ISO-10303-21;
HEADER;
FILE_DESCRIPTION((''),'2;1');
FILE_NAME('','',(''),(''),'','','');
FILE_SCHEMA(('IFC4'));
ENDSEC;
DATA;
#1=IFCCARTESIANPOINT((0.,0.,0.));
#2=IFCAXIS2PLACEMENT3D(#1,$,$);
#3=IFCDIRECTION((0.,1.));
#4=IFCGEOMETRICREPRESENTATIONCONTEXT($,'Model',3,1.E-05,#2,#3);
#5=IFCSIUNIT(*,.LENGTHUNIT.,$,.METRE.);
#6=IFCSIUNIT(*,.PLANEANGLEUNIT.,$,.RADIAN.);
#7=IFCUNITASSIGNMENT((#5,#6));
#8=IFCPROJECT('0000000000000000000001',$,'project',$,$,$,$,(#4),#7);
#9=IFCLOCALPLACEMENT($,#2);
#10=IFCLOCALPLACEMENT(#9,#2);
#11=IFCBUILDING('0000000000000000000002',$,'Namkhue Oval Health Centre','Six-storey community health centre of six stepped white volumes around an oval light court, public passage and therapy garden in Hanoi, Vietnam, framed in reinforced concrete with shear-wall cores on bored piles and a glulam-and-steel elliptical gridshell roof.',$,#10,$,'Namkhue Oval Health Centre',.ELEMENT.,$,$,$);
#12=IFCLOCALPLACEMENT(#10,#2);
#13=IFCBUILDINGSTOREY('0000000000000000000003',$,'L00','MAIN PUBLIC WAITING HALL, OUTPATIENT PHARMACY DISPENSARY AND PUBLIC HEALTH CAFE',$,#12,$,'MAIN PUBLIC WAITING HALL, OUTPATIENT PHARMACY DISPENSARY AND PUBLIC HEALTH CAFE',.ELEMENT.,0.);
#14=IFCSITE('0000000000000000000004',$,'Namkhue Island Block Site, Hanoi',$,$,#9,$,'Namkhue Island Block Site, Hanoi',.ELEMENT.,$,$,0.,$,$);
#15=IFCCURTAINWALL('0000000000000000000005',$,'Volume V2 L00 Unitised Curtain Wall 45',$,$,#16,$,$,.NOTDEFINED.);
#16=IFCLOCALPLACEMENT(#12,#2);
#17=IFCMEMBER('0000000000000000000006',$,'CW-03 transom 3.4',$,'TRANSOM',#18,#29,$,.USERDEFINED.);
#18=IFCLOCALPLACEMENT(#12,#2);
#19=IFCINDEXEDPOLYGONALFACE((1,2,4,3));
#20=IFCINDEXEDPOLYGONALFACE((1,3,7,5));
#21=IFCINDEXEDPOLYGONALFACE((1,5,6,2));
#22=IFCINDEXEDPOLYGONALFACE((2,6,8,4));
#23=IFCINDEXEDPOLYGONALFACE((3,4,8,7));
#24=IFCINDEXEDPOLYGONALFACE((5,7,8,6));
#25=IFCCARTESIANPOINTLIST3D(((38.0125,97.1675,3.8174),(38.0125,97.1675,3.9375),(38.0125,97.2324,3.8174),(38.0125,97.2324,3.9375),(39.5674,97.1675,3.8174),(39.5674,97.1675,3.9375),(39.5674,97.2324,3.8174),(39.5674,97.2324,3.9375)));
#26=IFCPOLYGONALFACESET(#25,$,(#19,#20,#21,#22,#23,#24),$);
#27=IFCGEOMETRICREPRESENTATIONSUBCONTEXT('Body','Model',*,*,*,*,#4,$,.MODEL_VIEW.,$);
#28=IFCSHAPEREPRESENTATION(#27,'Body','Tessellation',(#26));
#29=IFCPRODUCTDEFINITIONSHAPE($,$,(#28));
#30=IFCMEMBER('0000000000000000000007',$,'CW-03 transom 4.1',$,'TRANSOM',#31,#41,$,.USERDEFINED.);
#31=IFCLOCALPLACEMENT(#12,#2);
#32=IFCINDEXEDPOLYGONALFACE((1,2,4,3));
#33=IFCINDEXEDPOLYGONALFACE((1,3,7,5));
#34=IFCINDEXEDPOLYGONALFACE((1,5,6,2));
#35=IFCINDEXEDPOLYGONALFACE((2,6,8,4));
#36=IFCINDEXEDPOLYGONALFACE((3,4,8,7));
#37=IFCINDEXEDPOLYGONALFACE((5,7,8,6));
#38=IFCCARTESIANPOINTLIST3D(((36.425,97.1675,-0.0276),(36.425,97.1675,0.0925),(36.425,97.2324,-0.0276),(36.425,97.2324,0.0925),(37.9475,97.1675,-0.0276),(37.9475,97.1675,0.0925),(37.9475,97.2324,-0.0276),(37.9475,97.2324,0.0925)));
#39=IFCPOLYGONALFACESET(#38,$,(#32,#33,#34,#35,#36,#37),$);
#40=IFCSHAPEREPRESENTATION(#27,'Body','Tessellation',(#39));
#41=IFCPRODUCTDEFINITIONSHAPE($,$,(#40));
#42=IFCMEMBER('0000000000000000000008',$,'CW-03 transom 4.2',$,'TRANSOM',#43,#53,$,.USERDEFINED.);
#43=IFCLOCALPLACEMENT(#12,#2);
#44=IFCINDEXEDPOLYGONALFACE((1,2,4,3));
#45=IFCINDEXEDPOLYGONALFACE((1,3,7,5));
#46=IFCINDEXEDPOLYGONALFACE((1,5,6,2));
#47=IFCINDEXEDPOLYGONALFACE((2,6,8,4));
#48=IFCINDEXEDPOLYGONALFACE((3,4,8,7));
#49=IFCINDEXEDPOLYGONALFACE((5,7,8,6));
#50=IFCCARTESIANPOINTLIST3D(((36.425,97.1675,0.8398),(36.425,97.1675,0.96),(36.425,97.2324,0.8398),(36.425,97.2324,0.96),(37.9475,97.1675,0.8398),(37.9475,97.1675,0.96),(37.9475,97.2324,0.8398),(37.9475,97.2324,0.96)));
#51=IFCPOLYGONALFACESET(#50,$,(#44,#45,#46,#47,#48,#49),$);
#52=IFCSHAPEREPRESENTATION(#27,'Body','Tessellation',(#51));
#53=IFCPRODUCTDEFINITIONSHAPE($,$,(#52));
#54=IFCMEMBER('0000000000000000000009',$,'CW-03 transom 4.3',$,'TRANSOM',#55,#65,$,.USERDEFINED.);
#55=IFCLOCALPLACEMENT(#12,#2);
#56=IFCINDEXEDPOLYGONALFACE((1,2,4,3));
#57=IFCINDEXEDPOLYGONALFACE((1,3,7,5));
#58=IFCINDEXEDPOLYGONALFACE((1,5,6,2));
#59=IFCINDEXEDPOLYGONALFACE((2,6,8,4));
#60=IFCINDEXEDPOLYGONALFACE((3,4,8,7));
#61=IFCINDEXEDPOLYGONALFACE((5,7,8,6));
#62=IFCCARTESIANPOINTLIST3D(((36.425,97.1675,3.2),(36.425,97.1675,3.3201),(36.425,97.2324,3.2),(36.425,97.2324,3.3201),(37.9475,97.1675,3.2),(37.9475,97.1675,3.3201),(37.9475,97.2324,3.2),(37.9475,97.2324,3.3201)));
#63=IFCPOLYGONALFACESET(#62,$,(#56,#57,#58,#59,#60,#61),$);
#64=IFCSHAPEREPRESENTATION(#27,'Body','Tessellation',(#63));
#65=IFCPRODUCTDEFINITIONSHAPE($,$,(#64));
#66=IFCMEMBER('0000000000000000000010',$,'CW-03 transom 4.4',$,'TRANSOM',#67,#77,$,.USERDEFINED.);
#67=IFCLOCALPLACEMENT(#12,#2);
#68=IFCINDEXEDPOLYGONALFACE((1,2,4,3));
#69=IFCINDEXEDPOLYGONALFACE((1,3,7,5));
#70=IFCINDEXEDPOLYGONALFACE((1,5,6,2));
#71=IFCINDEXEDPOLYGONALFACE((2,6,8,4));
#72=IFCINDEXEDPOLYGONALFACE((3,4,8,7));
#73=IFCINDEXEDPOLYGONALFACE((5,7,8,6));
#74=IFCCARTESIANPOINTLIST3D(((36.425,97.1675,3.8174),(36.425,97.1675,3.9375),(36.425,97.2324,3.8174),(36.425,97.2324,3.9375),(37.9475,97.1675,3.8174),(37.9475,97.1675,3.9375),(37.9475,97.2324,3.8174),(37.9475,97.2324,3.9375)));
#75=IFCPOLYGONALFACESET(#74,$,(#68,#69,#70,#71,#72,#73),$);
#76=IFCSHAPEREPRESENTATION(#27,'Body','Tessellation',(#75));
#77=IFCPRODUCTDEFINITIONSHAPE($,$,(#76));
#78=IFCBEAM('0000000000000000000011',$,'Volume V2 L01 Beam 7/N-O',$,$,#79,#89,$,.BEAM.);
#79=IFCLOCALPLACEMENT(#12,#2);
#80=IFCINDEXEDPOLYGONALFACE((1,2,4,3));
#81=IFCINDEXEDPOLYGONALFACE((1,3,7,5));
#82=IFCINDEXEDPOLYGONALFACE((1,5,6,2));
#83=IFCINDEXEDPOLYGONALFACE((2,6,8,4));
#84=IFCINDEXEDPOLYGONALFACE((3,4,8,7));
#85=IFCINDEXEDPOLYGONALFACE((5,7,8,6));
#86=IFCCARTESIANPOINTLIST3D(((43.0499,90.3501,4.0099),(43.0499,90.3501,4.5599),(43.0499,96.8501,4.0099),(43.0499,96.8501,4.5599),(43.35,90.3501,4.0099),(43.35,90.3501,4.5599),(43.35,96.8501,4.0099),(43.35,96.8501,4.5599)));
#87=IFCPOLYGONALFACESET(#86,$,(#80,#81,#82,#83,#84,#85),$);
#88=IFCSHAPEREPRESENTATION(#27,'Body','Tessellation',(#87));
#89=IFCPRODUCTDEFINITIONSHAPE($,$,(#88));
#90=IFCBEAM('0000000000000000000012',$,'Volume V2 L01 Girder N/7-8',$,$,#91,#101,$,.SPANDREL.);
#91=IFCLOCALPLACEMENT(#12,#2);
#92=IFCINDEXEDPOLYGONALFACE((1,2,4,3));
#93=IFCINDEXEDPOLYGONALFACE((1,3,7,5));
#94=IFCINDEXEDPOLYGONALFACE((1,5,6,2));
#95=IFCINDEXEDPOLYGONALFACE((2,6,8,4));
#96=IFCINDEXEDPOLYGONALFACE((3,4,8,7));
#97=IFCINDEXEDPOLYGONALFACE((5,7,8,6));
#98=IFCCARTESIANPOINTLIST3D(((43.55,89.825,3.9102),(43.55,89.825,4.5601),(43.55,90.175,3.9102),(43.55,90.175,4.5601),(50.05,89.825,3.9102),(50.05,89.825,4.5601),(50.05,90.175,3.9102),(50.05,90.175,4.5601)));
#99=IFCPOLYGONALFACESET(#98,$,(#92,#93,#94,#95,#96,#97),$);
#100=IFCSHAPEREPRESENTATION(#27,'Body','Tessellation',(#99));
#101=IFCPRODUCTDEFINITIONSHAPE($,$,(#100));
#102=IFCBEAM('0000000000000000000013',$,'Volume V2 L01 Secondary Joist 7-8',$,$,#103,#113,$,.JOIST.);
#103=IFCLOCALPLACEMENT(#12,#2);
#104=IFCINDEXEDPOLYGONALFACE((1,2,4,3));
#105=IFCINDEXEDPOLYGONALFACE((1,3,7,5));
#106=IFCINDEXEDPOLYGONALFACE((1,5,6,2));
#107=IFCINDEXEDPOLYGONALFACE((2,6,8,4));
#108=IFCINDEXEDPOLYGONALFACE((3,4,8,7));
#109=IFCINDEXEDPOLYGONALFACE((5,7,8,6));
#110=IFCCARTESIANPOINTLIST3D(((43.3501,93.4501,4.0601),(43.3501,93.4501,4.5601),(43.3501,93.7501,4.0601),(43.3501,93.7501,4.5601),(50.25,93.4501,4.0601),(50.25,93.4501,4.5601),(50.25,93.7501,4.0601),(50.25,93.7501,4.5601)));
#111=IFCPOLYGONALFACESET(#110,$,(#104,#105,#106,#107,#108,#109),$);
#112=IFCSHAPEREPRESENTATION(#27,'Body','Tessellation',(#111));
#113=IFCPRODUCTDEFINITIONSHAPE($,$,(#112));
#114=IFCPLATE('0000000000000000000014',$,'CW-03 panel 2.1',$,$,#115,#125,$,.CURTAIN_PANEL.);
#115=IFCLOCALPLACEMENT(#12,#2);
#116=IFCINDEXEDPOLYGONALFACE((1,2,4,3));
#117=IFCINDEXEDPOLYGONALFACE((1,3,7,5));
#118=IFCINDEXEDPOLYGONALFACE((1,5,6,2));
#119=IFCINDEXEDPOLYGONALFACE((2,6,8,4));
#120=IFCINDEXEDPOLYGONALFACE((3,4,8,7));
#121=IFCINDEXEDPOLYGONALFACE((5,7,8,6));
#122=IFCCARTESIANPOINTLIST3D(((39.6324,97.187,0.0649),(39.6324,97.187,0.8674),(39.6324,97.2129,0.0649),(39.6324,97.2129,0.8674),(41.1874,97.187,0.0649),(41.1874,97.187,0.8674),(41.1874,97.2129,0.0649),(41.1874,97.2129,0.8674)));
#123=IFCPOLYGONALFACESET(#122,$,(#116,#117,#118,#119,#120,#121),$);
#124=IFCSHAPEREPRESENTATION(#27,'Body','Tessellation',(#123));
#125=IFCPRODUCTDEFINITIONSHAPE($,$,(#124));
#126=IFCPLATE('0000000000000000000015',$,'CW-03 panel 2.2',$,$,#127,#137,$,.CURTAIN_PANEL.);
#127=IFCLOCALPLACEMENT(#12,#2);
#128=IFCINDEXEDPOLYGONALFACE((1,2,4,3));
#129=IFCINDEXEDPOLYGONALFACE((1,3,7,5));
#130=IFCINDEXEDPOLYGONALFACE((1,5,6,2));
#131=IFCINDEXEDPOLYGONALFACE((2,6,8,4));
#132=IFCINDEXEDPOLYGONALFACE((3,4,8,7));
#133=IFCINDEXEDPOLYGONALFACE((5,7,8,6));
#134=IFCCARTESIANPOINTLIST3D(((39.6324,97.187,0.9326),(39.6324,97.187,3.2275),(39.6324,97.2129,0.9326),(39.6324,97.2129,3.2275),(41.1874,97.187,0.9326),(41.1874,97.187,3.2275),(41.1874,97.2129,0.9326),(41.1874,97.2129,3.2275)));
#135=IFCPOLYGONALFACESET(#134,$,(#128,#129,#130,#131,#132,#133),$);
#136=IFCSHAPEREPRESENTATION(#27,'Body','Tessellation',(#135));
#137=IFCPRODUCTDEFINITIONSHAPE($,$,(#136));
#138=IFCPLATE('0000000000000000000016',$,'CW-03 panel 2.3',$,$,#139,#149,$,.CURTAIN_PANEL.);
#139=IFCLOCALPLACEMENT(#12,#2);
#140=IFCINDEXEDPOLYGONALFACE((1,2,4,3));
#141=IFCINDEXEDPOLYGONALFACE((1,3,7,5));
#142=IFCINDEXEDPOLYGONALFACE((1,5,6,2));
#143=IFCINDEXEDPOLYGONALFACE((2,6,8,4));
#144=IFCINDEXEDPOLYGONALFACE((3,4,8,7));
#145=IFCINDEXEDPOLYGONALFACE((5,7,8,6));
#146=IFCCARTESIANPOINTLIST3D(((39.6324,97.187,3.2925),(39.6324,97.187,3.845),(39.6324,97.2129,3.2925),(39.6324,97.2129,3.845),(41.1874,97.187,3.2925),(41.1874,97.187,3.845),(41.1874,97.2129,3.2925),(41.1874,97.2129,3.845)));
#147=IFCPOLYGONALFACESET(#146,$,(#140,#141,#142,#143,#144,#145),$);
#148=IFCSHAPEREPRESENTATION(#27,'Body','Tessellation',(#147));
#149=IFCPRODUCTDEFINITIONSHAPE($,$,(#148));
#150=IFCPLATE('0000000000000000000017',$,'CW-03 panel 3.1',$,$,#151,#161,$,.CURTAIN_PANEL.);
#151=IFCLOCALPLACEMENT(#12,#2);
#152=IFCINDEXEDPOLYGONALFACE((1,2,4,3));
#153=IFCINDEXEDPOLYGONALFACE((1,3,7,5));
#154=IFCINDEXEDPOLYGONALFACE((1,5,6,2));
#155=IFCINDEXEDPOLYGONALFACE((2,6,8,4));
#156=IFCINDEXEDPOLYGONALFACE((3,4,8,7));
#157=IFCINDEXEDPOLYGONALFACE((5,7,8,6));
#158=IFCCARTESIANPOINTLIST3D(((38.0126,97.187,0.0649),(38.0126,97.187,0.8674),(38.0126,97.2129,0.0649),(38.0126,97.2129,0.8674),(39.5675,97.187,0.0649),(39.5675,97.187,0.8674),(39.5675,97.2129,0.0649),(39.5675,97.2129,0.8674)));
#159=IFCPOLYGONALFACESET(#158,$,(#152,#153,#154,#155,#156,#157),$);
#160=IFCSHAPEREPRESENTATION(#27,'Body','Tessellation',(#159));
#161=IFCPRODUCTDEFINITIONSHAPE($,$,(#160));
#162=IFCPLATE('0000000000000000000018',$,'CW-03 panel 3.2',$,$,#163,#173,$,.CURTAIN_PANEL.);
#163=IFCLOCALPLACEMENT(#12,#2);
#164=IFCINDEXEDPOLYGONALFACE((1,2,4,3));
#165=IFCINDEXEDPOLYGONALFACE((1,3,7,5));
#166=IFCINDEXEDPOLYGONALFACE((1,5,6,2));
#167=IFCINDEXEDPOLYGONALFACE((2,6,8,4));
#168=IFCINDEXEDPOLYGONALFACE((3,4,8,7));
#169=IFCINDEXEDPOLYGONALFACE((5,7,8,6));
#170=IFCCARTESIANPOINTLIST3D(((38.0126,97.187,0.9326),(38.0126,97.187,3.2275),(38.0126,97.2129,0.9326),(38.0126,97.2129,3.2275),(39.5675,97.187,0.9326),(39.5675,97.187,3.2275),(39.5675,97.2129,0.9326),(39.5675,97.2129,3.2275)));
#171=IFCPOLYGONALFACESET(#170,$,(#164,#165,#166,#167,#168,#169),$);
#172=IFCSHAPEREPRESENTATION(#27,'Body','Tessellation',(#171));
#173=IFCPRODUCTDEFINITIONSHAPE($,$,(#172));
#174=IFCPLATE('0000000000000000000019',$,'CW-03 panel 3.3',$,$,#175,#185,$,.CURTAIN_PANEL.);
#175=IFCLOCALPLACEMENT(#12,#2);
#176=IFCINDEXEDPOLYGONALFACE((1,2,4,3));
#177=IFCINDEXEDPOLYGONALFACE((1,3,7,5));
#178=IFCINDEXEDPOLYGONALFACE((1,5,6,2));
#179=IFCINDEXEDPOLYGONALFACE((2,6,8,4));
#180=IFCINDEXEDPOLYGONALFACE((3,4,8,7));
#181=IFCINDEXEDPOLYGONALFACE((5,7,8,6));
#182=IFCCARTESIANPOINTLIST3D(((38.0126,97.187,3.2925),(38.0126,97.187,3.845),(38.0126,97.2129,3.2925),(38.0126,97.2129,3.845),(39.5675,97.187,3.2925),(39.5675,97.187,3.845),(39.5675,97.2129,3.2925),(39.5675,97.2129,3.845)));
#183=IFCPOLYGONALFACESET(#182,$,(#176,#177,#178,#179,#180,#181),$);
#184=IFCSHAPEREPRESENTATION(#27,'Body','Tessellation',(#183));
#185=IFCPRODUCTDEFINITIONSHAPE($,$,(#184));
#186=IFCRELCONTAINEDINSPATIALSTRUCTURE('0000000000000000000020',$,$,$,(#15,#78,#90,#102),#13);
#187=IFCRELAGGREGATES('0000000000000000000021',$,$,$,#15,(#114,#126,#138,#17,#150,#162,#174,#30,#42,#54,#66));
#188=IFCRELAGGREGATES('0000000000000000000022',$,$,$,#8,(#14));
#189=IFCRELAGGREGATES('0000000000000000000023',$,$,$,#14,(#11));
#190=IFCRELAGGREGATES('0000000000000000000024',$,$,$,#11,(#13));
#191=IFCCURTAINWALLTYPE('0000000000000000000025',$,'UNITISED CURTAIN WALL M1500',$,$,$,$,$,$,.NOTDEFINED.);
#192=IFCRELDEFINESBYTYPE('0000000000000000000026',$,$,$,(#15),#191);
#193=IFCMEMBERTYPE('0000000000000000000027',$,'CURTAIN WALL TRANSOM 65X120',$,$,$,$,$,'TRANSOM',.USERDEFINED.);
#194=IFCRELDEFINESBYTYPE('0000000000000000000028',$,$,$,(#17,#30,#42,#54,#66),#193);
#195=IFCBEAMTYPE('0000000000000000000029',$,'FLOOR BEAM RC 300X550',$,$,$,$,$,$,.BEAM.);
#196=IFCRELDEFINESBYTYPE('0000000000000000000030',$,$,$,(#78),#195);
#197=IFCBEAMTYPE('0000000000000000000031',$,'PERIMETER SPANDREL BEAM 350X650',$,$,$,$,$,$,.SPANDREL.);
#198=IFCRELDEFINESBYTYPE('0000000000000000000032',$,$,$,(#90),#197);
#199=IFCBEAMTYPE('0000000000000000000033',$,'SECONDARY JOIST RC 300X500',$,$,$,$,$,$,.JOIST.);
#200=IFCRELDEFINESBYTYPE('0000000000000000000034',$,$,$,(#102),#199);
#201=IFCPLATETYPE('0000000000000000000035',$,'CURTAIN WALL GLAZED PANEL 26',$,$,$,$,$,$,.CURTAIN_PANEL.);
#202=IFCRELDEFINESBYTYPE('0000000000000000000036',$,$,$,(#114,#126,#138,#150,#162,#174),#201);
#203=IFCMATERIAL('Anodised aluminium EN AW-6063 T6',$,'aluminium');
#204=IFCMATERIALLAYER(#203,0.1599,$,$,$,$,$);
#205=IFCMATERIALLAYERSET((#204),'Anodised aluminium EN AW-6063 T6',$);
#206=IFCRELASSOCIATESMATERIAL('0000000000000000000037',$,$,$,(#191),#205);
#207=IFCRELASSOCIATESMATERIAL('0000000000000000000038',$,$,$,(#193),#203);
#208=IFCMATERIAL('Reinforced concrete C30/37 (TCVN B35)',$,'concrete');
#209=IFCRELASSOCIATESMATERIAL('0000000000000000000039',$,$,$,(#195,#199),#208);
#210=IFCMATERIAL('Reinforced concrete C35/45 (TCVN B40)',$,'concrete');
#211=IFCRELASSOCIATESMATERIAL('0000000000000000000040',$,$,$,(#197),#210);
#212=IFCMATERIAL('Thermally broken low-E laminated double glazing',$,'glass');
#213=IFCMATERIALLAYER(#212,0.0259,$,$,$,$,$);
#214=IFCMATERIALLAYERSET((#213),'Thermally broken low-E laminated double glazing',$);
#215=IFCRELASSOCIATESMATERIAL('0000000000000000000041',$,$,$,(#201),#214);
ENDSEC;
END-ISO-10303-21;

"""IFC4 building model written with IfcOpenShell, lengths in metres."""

from ifc_helpers import new_model, si_unit, direction, frame, origin, origin_2d, place, context, subcontext, project, spatial, rectangle, extrude, material, layer, layer_set, material_profile, profile_set, type_object, element, aggregate, save


model = new_model("IFC4")

# Units and contexts
model_context = context("Model", 3, precision=1e-05, world=origin(), true_north=direction((0.0, 1.0)))
body_context = subcontext(model_context, "Body", "Model", "MODEL_VIEW")
ifc_project = project(units=[si_unit("LENGTHUNIT", "METRE"), si_unit("PLANEANGLEUNIT", "RADIAN")], contexts=[model_context])

# Site, building, storey
site_placement = place(None, origin())
site = spatial("IfcSite", under=ifc_project, at=site_placement, Name="Namkhue Island Block Site, Hanoi", LongName="Namkhue Island Block Site, Hanoi", CompositionType="ELEMENT", RefElevation=0.0)
building_placement = place(site_placement, origin())
building = spatial("IfcBuilding", under=site, at=building_placement, Name="Namkhue Oval Health Centre", Description="Six-storey community health centre of six stepped white volumes around an oval light court, public passage and therapy garden in Hanoi, Vietnam, framed in reinforced concrete with shear-wall cores on bored piles and a glulam-and-steel elliptical gridshell roof.", LongName="Namkhue Oval Health Centre", CompositionType="ELEMENT")
storey_placement = place(building_placement, origin())
storey = spatial("IfcBuildingStorey", under=building, at=storey_placement, Name="L00", Description="MAIN PUBLIC WAITING HALL, OUTPATIENT PHARMACY DISPENSARY AND PUBLIC HEALTH CAFE", LongName="MAIN PUBLIC WAITING HALL, OUTPATIENT PHARMACY DISPENSARY AND PUBLIC HEALTH CAFE", CompositionType="ELEMENT", Elevation=0.0)

# Shared definitions
ifc_material_1 = material(Name="Reinforced concrete C30/37 (TCVN B35)", Category="concrete")

# Curtain wall, members
ifc_material_2 = material(Name="Anodised aluminium EN AW-6063 T6", Category="aluminium")
ifc_layer_1 = layer(ifc_material_2, 0.1599)
ifc_layer_set_1 = layer_set([ifc_layer_1], Name="Anodised aluminium EN AW-6063 T6")
curtain_wall_type = type_object("IfcCurtainWallType", Name="UNITISED CURTAIN WALL M1500", PredefinedType="NOTDEFINED", material=ifc_layer_set_1)
curtain_wall_placement = place(storey_placement, origin())
curtain_wall = element("IfcCurtainWall", 1, at=curtain_wall_placement, inside=storey, type_object=curtain_wall_type, Name="Volume V2 L00 Unitised Curtain Wall 45", PredefinedType="NOTDEFINED")
ifc_material_profile_1 = material_profile(ifc_material_2, rectangle(XDim=0.0649, YDim=0.1201, at=origin_2d()), Name="ALU 65x120")
ifc_profile_set_1 = profile_set([ifc_material_profile_1], Name="Anodised aluminium EN AW-6063 T6")
member_type_1 = type_object("IfcMemberType", Name="CURTAIN WALL TRANSOM 65X120", ElementType="TRANSOM", PredefinedType="USERDEFINED", material=ifc_profile_set_1)
member_1_placement = place(storey_placement, frame((39.5674, 97.2, 3.8774), z_axis=(-1.0, 0.0, 0.0), x_axis=(0.0, -1.0, 0.0)))
member_1 = element("IfcMember", 2, at=member_1_placement, type_object=member_type_1, Name="CW-03 transom 3.4", ObjectType="TRANSOM", PredefinedType="USERDEFINED", context=body_context, shape_type="SweptSolid", body=[
    extrude(rectangle(XDim=0.0649, YDim=0.1201, at=origin_2d()), origin(), (0.0, 0.0, 1.0), 1.5549),
])
member_2_placement = place(storey_placement, frame((37.9475, 97.2, 0.0325), z_axis=(-1.0, 0.0, 0.0), x_axis=(0.0, -1.0, 0.0)))
member_2 = element("IfcMember", 3, at=member_2_placement, type_object=member_type_1, Name="CW-03 transom 4.1", ObjectType="TRANSOM", PredefinedType="USERDEFINED", context=body_context, shape_type="SweptSolid", body=[
    extrude(rectangle(XDim=0.0649, YDim=0.1201, at=origin_2d()), origin(), (0.0, 0.0, 1.0), 1.5225),
])
member_3_placement = place(storey_placement, frame((37.9475, 97.2, 0.8999), z_axis=(-1.0, 0.0, 0.0), x_axis=(0.0, -1.0, 0.0)))
member_3 = element("IfcMember", 4, at=member_3_placement, type_object=member_type_1, Name="CW-03 transom 4.2", ObjectType="TRANSOM", PredefinedType="USERDEFINED", context=body_context, shape_type="SweptSolid", body=[
    extrude(rectangle(XDim=0.0649, YDim=0.1201, at=origin_2d()), origin(), (0.0, 0.0, 1.0), 1.5225),
])
member_4_placement = place(storey_placement, frame((37.9475, 97.2, 3.26), z_axis=(-1.0, 0.0, 0.0), x_axis=(0.0, -1.0, 0.0)))
member_4 = element("IfcMember", 5, at=member_4_placement, type_object=member_type_1, Name="CW-03 transom 4.3", ObjectType="TRANSOM", PredefinedType="USERDEFINED", context=body_context, shape_type="SweptSolid", body=[
    extrude(rectangle(XDim=0.0649, YDim=0.1201, at=origin_2d()), origin(), (0.0, 0.0, 1.0), 1.5225),
])
member_5_placement = place(storey_placement, frame((37.9475, 97.2, 3.8774), z_axis=(-1.0, 0.0, 0.0), x_axis=(0.0, -1.0, 0.0)))
member_5 = element("IfcMember", 6, at=member_5_placement, type_object=member_type_1, Name="CW-03 transom 4.4", ObjectType="TRANSOM", PredefinedType="USERDEFINED", context=body_context, shape_type="SweptSolid", body=[
    extrude(rectangle(XDim=0.0649, YDim=0.1201, at=origin_2d()), origin(), (0.0, 0.0, 1.0), 1.5225),
])

# Beams
ifc_material_profile_2 = material_profile(ifc_material_1, rectangle(XDim=0.3, YDim=0.55, at=origin_2d()), Name="RC 300x550")
ifc_profile_set_2 = profile_set([ifc_material_profile_2], Name="Reinforced concrete C30/37 (TCVN B35)")
beam_type_1 = type_object("IfcBeamType", Name="FLOOR BEAM RC 300X550", PredefinedType="BEAM", material=ifc_profile_set_2)
beam_1_placement = place(storey_placement, frame((43.2, 90.3501, 4.2849), z_axis=(0.0, 1.0, 0.0), x_axis=(-1.0, 0.0, 0.0)))
element("IfcBeam", 7, at=beam_1_placement, inside=storey, type_object=beam_type_1, Name="Volume V2 L01 Beam 7/N-O", PredefinedType="BEAM", context=body_context, shape_type="SweptSolid", body=[
    extrude(rectangle(XDim=0.3, YDim=0.55, at=origin_2d()), origin(), (0.0, 0.0, 1.0), 6.5),
])
ifc_material_3 = material(Name="Reinforced concrete C35/45 (TCVN B40)", Category="concrete")
ifc_material_profile_3 = material_profile(ifc_material_3, rectangle(XDim=0.3501, YDim=0.6499, at=origin_2d()), Name="RC 350x650")
ifc_profile_set_3 = profile_set([ifc_material_profile_3], Name="Reinforced concrete C35/45 (TCVN B40)")
beam_type_2 = type_object("IfcBeamType", Name="PERIMETER SPANDREL BEAM 350X650", PredefinedType="SPANDREL", material=ifc_profile_set_3)
beam_2_placement = place(storey_placement, frame((43.55, 90.0, 4.2351), z_axis=(1.0, 0.0, 0.0), x_axis=(0.0, 1.0, 0.0)))
element("IfcBeam", 8, at=beam_2_placement, inside=storey, type_object=beam_type_2, Name="Volume V2 L01 Girder N/7-8", PredefinedType="SPANDREL", context=body_context, shape_type="SweptSolid", body=[
    extrude(rectangle(XDim=0.3501, YDim=0.6499, at=origin_2d()), origin(), (0.0, 0.0, 1.0), 6.5),
])
ifc_material_profile_4 = material_profile(ifc_material_1, rectangle(XDim=0.3, YDim=0.5, at=origin_2d()), Name="RC 300x500")
ifc_profile_set_4 = profile_set([ifc_material_profile_4], Name="Reinforced concrete C30/37 (TCVN B35)")
beam_type_3 = type_object("IfcBeamType", Name="SECONDARY JOIST RC 300X500", PredefinedType="JOIST", material=ifc_profile_set_4)
beam_3_placement = place(storey_placement, frame((43.3501, 93.6001, 4.3101), z_axis=(1.0, 0.0, 0.0), x_axis=(0.0, 1.0, 0.0)))
element("IfcBeam", 9, at=beam_3_placement, inside=storey, type_object=beam_type_3, Name="Volume V2 L01 Secondary Joist 7-8", PredefinedType="JOIST", context=body_context, shape_type="SweptSolid", body=[
    extrude(rectangle(XDim=0.3, YDim=0.5, at=origin_2d()), origin(), (0.0, 0.0, 1.0), 6.8999),
])

# Plates
ifc_material_4 = material(Name="Thermally broken low-E laminated double glazing", Category="glass")
ifc_layer_2 = layer(ifc_material_4, 0.0259)
ifc_layer_set_2 = layer_set([ifc_layer_2], Name="Thermally broken low-E laminated double glazing")
plate_type = type_object("IfcPlateType", Name="CURTAIN WALL GLAZED PANEL 26", PredefinedType="CURTAIN_PANEL", material=ifc_layer_set_2)
plate_1_placement = place(storey_placement, frame((40.4099, 97.2, 0.0649), z_axis=(0.0, 0.0, 1.0), x_axis=(-1.0, 0.0, 0.0)))
plate_1 = element("IfcPlate", 10, at=plate_1_placement, type_object=plate_type, Name="CW-03 panel 2.1", PredefinedType="CURTAIN_PANEL", context=body_context, shape_type="SweptSolid", body=[
    extrude(rectangle(XDim=1.5549, YDim=0.0259, at=origin_2d()), origin(), (0.0, 0.0, 1.0), 0.8025),
])
plate_2_placement = place(storey_placement, frame((40.4099, 97.2, 0.9326), z_axis=(0.0, 0.0, 1.0), x_axis=(-1.0, 0.0, 0.0)))
plate_2 = element("IfcPlate", 11, at=plate_2_placement, type_object=plate_type, Name="CW-03 panel 2.2", PredefinedType="CURTAIN_PANEL", context=body_context, shape_type="SweptSolid", body=[
    extrude(rectangle(XDim=1.5549, YDim=0.0259, at=origin_2d()), origin(), (0.0, 0.0, 1.0), 2.2949),
])
plate_3_placement = place(storey_placement, frame((40.4099, 97.2, 3.2925), z_axis=(0.0, 0.0, 1.0), x_axis=(-1.0, 0.0, 0.0)))
plate_3 = element("IfcPlate", 12, at=plate_3_placement, type_object=plate_type, Name="CW-03 panel 2.3", PredefinedType="CURTAIN_PANEL", context=body_context, shape_type="SweptSolid", body=[
    extrude(rectangle(XDim=1.5549, YDim=0.0259, at=origin_2d()), origin(), (0.0, 0.0, 1.0), 0.5525),
])
plate_4_placement = place(storey_placement, frame((38.79, 97.2, 0.0649), z_axis=(0.0, 0.0, 1.0), x_axis=(-1.0, 0.0, 0.0)))
plate_4 = element("IfcPlate", 13, at=plate_4_placement, type_object=plate_type, Name="CW-03 panel 3.1", PredefinedType="CURTAIN_PANEL", context=body_context, shape_type="SweptSolid", body=[
    extrude(rectangle(XDim=1.5549, YDim=0.0259, at=origin_2d()), origin(), (0.0, 0.0, 1.0), 0.8025),
])
plate_5_placement = place(storey_placement, frame((38.79, 97.2, 0.9326), z_axis=(0.0, 0.0, 1.0), x_axis=(-1.0, 0.0, 0.0)))
plate_5 = element("IfcPlate", 14, at=plate_5_placement, type_object=plate_type, Name="CW-03 panel 3.2", PredefinedType="CURTAIN_PANEL", context=body_context, shape_type="SweptSolid", body=[
    extrude(rectangle(XDim=1.5549, YDim=0.0259, at=origin_2d()), origin(), (0.0, 0.0, 1.0), 2.2949),
])
plate_6_placement = place(storey_placement, frame((38.79, 97.2, 3.2925), z_axis=(0.0, 0.0, 1.0), x_axis=(-1.0, 0.0, 0.0)))
plate_6 = element("IfcPlate", 15, at=plate_6_placement, type_object=plate_type, Name="CW-03 panel 3.3", PredefinedType="CURTAIN_PANEL", context=body_context, shape_type="SweptSolid", body=[
    extrude(rectangle(XDim=1.5549, YDim=0.0259, at=origin_2d()), origin(), (0.0, 0.0, 1.0), 0.5525),
])
aggregate(curtain_wall, [plate_1, plate_2, plate_3, member_1, plate_4, plate_5, plate_6, member_2, member_3, member_4, member_5])

save(model, "model.ifc")
